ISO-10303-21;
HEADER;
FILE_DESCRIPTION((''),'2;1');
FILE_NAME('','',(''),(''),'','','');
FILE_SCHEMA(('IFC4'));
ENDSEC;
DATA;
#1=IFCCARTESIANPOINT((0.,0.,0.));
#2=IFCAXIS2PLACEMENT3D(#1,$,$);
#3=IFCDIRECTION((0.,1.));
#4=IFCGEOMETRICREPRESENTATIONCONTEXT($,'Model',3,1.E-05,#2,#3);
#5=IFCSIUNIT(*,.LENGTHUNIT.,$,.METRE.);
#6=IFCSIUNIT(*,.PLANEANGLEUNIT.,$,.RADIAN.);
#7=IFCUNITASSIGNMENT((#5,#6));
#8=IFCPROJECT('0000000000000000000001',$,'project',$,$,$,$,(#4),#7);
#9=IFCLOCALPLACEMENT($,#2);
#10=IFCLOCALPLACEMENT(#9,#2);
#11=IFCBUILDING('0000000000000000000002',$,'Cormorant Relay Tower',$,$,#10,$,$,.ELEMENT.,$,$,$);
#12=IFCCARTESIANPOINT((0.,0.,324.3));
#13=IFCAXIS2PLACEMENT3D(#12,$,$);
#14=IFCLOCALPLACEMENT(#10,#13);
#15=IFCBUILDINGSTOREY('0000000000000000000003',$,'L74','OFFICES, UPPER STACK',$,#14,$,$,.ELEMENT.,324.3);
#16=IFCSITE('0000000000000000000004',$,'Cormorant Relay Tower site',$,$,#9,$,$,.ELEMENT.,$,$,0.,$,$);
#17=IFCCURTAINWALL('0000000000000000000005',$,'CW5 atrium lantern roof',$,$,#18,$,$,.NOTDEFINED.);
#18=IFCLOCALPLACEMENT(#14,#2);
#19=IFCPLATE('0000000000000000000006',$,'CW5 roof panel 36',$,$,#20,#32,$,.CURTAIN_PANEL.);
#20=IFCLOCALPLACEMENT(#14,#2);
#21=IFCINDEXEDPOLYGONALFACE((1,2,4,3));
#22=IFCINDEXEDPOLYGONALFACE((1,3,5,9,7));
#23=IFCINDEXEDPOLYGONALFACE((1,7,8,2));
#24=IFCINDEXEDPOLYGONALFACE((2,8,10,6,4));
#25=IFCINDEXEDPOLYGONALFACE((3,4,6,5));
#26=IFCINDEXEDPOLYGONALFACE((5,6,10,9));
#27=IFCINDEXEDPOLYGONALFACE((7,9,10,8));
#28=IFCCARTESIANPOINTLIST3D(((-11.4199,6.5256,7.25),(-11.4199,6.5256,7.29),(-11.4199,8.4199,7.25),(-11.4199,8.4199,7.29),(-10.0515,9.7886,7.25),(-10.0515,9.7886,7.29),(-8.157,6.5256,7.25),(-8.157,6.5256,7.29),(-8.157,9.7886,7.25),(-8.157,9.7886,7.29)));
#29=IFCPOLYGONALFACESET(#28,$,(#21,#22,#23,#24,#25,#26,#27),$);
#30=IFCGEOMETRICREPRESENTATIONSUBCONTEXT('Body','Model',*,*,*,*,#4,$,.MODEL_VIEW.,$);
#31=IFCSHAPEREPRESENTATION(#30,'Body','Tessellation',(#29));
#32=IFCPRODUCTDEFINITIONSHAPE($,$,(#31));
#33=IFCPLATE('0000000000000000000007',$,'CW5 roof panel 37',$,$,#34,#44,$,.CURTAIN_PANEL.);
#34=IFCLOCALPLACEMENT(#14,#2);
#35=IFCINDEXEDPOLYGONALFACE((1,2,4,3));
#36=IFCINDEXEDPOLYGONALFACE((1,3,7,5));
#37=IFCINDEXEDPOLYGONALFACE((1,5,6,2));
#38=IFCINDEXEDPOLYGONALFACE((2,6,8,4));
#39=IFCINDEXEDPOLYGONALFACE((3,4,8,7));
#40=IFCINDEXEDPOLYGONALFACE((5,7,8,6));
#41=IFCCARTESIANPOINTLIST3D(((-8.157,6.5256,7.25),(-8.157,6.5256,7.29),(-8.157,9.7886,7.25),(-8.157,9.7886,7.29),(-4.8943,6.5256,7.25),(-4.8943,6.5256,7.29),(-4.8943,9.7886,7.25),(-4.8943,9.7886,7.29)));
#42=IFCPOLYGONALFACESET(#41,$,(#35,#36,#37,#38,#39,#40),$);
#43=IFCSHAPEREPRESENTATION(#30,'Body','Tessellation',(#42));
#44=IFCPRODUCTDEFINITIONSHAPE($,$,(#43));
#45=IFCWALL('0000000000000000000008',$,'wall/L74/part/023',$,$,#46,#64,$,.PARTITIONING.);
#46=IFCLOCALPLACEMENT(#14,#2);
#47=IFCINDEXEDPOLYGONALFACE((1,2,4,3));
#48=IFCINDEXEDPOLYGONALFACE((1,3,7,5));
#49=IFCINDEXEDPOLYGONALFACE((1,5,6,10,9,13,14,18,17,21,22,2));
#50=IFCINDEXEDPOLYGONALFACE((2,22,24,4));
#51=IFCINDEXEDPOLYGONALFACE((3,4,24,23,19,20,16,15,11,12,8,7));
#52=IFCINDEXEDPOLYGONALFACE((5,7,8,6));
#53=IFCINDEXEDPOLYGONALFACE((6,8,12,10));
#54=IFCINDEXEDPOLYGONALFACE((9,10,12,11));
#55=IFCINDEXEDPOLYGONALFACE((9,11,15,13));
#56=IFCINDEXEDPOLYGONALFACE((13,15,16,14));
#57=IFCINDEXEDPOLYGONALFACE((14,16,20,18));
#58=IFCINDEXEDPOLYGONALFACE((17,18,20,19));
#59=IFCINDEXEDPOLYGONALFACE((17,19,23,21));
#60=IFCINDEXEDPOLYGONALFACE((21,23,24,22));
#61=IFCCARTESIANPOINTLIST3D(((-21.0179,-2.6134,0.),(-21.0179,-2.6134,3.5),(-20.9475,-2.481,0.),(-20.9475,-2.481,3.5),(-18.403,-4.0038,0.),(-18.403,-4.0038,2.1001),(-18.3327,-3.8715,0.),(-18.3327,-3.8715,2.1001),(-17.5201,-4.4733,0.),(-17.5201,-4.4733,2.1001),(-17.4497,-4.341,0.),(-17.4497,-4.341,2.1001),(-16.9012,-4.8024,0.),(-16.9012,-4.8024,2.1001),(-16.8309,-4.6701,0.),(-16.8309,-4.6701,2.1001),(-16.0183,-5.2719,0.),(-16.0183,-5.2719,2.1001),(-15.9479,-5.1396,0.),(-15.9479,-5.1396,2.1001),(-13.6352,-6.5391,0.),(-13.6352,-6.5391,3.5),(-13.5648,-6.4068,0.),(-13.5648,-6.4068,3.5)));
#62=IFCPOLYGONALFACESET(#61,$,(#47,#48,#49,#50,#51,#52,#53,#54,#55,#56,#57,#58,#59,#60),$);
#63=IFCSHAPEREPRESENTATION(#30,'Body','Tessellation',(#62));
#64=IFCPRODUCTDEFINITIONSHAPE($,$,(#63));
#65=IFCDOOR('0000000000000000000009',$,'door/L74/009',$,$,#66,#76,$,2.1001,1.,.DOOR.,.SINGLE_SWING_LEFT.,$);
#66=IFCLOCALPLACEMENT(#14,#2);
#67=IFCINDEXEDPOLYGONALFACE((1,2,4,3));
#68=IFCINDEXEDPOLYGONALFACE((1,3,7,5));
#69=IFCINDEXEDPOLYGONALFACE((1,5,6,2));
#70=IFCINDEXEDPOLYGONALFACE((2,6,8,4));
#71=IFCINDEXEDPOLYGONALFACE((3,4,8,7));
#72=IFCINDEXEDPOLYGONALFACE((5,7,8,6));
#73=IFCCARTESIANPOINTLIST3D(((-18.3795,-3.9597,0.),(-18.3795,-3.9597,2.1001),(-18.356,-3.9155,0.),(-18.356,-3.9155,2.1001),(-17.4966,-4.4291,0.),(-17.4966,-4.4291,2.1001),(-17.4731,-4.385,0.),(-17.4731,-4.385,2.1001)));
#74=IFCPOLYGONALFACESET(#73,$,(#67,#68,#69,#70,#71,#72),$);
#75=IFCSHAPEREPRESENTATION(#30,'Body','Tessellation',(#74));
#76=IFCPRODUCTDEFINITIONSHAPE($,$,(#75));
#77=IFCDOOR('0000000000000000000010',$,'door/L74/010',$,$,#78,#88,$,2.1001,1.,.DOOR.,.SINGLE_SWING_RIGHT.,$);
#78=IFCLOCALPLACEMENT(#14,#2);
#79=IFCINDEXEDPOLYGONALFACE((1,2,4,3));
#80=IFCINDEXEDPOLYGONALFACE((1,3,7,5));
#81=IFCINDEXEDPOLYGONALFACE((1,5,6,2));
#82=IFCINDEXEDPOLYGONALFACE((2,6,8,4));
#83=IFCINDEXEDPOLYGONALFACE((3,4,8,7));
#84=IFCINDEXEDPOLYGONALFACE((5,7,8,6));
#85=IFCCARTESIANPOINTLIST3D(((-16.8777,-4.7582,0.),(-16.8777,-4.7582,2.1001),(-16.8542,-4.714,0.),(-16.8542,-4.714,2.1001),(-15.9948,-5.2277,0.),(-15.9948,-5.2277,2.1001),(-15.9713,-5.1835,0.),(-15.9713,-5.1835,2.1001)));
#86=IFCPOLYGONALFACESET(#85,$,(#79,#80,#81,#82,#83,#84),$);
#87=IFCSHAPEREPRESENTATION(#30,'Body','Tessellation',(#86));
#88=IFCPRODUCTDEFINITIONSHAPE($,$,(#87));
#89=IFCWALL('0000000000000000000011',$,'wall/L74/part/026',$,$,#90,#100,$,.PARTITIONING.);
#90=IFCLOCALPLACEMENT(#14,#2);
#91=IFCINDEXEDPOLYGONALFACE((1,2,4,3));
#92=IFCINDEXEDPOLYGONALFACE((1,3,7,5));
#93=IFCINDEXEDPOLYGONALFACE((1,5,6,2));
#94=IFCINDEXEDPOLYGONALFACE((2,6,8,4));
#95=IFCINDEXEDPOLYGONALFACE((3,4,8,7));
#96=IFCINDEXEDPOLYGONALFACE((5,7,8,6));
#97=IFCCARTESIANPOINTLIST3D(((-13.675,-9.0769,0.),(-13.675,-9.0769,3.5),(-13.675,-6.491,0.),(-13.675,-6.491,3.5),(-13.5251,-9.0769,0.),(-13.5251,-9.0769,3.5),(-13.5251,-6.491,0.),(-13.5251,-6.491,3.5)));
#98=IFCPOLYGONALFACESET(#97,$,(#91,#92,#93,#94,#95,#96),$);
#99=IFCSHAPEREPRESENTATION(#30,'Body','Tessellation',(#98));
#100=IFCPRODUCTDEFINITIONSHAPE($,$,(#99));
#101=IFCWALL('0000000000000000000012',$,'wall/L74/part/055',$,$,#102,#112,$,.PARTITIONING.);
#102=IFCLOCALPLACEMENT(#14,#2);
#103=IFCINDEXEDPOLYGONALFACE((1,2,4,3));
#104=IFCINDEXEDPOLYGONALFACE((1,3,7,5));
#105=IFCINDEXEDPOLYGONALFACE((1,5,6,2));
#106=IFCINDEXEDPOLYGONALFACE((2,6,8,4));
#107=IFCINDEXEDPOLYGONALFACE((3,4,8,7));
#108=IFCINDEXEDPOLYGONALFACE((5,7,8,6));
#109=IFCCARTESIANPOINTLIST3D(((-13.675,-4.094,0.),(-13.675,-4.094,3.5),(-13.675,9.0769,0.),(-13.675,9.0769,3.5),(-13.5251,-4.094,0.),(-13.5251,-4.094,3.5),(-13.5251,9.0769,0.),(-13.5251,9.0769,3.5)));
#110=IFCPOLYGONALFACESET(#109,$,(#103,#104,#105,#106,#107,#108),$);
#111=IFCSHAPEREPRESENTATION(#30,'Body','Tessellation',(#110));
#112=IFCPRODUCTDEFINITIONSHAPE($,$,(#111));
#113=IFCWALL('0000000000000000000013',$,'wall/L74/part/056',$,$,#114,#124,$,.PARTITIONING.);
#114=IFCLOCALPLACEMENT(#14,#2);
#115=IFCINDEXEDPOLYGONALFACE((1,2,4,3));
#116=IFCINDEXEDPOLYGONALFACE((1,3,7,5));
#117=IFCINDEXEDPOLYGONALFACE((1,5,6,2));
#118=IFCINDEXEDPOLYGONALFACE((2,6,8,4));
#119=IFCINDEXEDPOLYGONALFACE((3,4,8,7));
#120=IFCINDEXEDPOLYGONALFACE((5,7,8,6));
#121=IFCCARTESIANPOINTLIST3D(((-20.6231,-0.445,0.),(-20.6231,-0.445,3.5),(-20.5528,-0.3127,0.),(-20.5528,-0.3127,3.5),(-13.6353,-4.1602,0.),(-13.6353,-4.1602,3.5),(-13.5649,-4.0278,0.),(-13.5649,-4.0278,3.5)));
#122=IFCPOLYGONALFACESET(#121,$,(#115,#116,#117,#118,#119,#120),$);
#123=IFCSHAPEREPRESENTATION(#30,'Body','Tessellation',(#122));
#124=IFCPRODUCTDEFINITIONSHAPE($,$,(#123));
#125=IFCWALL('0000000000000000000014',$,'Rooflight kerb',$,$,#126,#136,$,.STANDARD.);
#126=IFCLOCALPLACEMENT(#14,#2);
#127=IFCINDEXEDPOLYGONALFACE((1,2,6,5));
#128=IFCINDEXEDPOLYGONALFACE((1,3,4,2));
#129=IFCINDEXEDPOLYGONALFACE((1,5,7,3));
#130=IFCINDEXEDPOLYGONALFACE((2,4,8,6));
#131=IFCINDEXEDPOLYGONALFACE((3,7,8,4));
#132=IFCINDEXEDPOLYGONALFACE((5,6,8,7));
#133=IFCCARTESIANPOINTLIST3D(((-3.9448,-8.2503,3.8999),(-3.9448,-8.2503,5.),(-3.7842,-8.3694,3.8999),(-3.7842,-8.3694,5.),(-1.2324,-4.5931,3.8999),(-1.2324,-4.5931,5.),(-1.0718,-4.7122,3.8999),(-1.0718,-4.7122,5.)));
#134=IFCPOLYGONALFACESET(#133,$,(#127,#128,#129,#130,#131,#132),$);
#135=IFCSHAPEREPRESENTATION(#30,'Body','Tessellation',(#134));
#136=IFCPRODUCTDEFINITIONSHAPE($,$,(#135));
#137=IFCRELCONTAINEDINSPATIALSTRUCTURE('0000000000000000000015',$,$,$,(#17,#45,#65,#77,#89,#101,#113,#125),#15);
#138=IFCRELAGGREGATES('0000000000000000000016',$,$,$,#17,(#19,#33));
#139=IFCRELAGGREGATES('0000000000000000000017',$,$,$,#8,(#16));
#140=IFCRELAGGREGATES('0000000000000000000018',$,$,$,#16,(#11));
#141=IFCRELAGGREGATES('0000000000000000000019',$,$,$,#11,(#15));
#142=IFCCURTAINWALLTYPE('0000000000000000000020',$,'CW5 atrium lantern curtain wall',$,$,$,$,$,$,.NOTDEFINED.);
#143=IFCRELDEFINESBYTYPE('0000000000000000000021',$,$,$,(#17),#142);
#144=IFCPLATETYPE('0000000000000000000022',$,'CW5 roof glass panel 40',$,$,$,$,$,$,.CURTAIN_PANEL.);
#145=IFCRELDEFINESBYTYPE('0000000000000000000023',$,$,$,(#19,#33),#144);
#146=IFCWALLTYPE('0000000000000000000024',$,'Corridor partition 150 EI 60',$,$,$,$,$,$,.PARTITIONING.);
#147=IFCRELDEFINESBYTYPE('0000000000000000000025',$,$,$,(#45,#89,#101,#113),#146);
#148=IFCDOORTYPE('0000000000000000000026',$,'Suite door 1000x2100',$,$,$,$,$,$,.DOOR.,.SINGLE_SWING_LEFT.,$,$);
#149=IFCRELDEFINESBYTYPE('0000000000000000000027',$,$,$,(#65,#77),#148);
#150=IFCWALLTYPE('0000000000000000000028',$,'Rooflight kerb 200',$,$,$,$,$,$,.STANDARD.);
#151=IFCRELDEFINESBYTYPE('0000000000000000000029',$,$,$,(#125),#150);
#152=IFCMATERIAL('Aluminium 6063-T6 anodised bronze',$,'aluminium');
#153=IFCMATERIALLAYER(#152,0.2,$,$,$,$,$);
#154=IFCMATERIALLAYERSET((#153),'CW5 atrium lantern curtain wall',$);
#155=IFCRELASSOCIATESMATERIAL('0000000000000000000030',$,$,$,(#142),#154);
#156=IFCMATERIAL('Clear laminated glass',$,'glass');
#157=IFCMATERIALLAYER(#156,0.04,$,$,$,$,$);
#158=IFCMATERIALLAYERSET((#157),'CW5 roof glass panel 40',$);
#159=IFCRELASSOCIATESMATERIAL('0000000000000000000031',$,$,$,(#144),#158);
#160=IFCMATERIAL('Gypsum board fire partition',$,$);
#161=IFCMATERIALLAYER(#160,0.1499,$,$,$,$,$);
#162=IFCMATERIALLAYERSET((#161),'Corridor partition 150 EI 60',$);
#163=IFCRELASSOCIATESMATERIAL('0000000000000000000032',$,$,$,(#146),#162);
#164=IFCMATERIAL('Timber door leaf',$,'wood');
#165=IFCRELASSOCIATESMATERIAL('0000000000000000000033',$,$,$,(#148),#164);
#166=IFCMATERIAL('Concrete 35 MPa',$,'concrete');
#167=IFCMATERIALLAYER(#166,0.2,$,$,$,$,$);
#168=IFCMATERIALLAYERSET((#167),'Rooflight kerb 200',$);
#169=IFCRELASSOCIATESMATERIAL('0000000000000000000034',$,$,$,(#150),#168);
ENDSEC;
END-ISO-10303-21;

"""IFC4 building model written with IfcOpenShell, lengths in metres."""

from ifc_helpers import new_model, si_unit, direction, frame, frame_2d, origin, place, context, subcontext, project, spatial, polyline, rectangle, outline, extrude, material, layer, layer_set, type_object, element, fill, aggregate, save


model = new_model("IFC4")

# Units and contexts
model_context = context("Model", 3, precision=1e-05, world=origin(), true_north=direction((0.0, 1.0)))
body_context = subcontext(model_context, "Body", "Model", "MODEL_VIEW")
ifc_project = project(units=[si_unit("LENGTHUNIT", "METRE"), si_unit("PLANEANGLEUNIT", "RADIAN")], contexts=[model_context])

# Site, building, storey
site_placement = place(None, origin())
site = spatial("IfcSite", under=ifc_project, at=site_placement, Name="Cormorant Relay Tower site", CompositionType="ELEMENT", RefElevation=0.0)
building_placement = place(site_placement, origin())
building = spatial("IfcBuilding", under=site, at=building_placement, Name="Cormorant Relay Tower", CompositionType="ELEMENT")
storey_placement = place(building_placement, frame((0.0, 0.0, 324.3)))
storey = spatial("IfcBuildingStorey", under=building, at=storey_placement, Name="L74", Description="OFFICES, UPPER STACK", CompositionType="ELEMENT", Elevation=324.3)

# Shared definitions
ifc_material_1 = material(Name="Aluminium 6063-T6 anodised bronze", Category="aluminium")
ifc_layer_1 = layer(ifc_material_1, 0.2)
ifc_layer_set_1 = layer_set([ifc_layer_1], Name="CW5 atrium lantern curtain wall")
curtain_wall_type = type_object("IfcCurtainWallType", Name="CW5 atrium lantern curtain wall", PredefinedType="NOTDEFINED", material=ifc_layer_set_1)

# Curtain wall, plates
curtain_wall_1_placement = place(storey_placement, origin())
curtain_wall_1 = element("IfcCurtainWall", 1, at=curtain_wall_1_placement, inside=storey, type_object=curtain_wall_type, Name="CW5 atrium lantern roof", PredefinedType="NOTDEFINED")
ifc_material_2 = material(Name="Clear laminated glass", Category="glass")
ifc_layer_2 = layer(ifc_material_2, 0.04)
ifc_layer_set_2 = layer_set([ifc_layer_2], Name="CW5 roof glass panel 40")
plate_type_1 = type_object("IfcPlateType", Name="CW5 roof glass panel 40", PredefinedType="CURTAIN_PANEL", material=ifc_layer_set_2)
plate_1_placement = place(storey_placement, frame((-10.0515, 9.7886, 7.29), z_axis=(0.0, 0.0, 1.0), x_axis=(-0.707044, -0.70717, 0.0)))
plate_1 = element("IfcPlate", 2, at=plate_1_placement, type_object=plate_type_1, Name="CW5 roof panel 36", PredefinedType="CURTAIN_PANEL", context=body_context, shape_type="SweptSolid", body=[
    extrude(outline(polyline([(0.0, 0.0), (1.9354, 0.0), (3.275, 1.3393), (0.9679, 3.6468), (-1.3395, 1.3398), (0.0, 0.0)])), origin(), (0.0, 0.0, -1.0), 0.04),
])
plate_2_placement = place(storey_placement, frame((-4.8943, 6.5256, 7.29), z_axis=(0.0, 0.0, 1.0), x_axis=(0.0, 1.0, 0.0)))
plate_2 = element("IfcPlate", 3, at=plate_2_placement, type_object=plate_type_1, Name="CW5 roof panel 37", PredefinedType="CURTAIN_PANEL", context=body_context, shape_type="SweptSolid", body=[
    extrude(outline(polyline([(0.0, 0.0), (3.2629, 0.0), (3.2629, 3.2627), (0.0, 3.2627), (0.0, 0.0)])), origin(), (0.0, 0.0, -1.0), 0.04),
])
aggregate(curtain_wall_1, [plate_1, plate_2])

# Wall, openings, doors
ifc_material_3 = material(Name="Gypsum board fire partition")
ifc_layer_3 = layer(ifc_material_3, 0.1499)
ifc_layer_set_3 = layer_set([ifc_layer_3], Name="Corridor partition 150 EI 60")
wall_type_1 = type_object("IfcWallType", Name="Corridor partition 150 EI 60", PredefinedType="PARTITIONING", material=ifc_layer_set_3)
wall_1_placement = place(storey_placement, frame((-13.6001, -6.4729, 0.0), z_axis=(0.0, 0.0, 1.0), x_axis=(-0.882934, 0.469497, 0.0)))
wall_1 = element("IfcWall", 4, at=wall_1_placement, inside=storey, type_object=wall_type_1, Name="wall/L74/part/023", PredefinedType="PARTITIONING", context=body_context, shape_type="SweptSolid", body=[
    extrude(rectangle(XDim=8.3616, YDim=0.1499, at=frame_2d((4.1807, 0.0))), origin(), (0.0, 0.0, 1.0), 3.5),
])
opening_1_placement = place(wall_1_placement, frame((4.3999, 0.0, 0.0)))
opening_1 = element("IfcOpeningElement", 5, at=opening_1_placement, cuts=wall_1, PredefinedType="OPENING", context=body_context, shape_type="SweptSolid", body=[
    extrude(rectangle(XDim=1.0, YDim=2.1001, at=frame_2d((0.5, 1.05))), frame((0.0, 0.085, 0.0), z_axis=(0.0, -1.0, 0.0), x_axis=(1.0, 0.0, 0.0)), (0.0, 0.0, 1.0), 0.1699),
])
opening_2_placement = place(wall_1_placement, frame((2.699, 0.0, 0.0)))
opening_2 = element("IfcOpeningElement", 6, at=opening_2_placement, cuts=wall_1, PredefinedType="OPENING", context=body_context, shape_type="SweptSolid", body=[
    extrude(rectangle(XDim=1.0, YDim=2.1001, at=frame_2d((0.5, 1.05))), frame((0.0, 0.085, 0.0), z_axis=(0.0, -1.0, 0.0), x_axis=(1.0, 0.0, 0.0)), (0.0, 0.0, 1.0), 0.1699),
])
ifc_material_4 = material(Name="Timber door leaf", Category="wood")
door_type = type_object("IfcDoorType", Name="Suite door 1000x2100", OperationType="SINGLE_SWING_LEFT", PredefinedType="DOOR", material=ifc_material_4)
door_1_placement = place(opening_1_placement, origin())
door_1 = element("IfcDoor", 7, at=door_1_placement, inside=storey, type_object=door_type, Name="door/L74/009", OperationType="SINGLE_SWING_LEFT", OverallHeight=2.1001, OverallWidth=1.0, PredefinedType="DOOR", context=body_context, shape_type="SweptSolid", body=[
    extrude(rectangle(XDim=1.0, YDim=2.1001, at=frame_2d((0.5, 1.05))), frame((0.0, 0.0249, 0.0), z_axis=(0.0, -1.0, 0.0), x_axis=(1.0, 0.0, 0.0)), (0.0, 0.0, 1.0), 0.05),
])
fill(opening_1, door_1)
door_2_placement = place(opening_2_placement, origin())
door_2 = element("IfcDoor", 8, at=door_2_placement, inside=storey, type_object=door_type, Name="door/L74/010", OperationType="SINGLE_SWING_RIGHT", OverallHeight=2.1001, OverallWidth=1.0, PredefinedType="DOOR", context=body_context, shape_type="SweptSolid", body=[
    extrude(rectangle(XDim=1.0, YDim=2.1001, at=frame_2d((0.5, 1.05))), frame((0.0, 0.0249, 0.0), z_axis=(0.0, -1.0, 0.0), x_axis=(1.0, 0.0, 0.0)), (0.0, 0.0, 1.0), 0.05),
])
fill(opening_2, door_2)

# Walls
wall_2_placement = place(storey_placement, frame((-13.6001, -9.0769, 0.0), z_axis=(0.0, 0.0, 1.0), x_axis=(0.0, 1.0, 0.0)))
element("IfcWall", 9, at=wall_2_placement, inside=storey, type_object=wall_type_1, Name="wall/L74/part/026", PredefinedType="PARTITIONING", context=body_context, shape_type="SweptSolid", body=[
    extrude(rectangle(XDim=2.5859, YDim=0.1499, at=frame_2d((1.293, 0.0))), origin(), (0.0, 0.0, 1.0), 3.5),
])
wall_3_placement = place(storey_placement, frame((-13.6001, 9.0769, 0.0), z_axis=(0.0, 0.0, 1.0), x_axis=(0.0, -1.0, 0.0)))
element("IfcWall", 10, at=wall_3_placement, inside=storey, type_object=wall_type_1, Name="wall/L74/part/055", PredefinedType="PARTITIONING", context=body_context, shape_type="SweptSolid", body=[
    extrude(rectangle(XDim=13.1709, YDim=0.1499, at=frame_2d((6.5854, 0.0))), origin(), (0.0, 0.0, 1.0), 3.5),
])
wall_4_placement = place(storey_placement, frame((-13.6001, -4.094, 0.0), z_axis=(0.0, 0.0, 1.0), x_axis=(-0.882968, 0.469433, 0.0)))
element("IfcWall", 11, at=wall_4_placement, inside=storey, type_object=wall_type_1, Name="wall/L74/part/056", PredefinedType="PARTITIONING", context=body_context, shape_type="SweptSolid", body=[
    extrude(rectangle(XDim=7.9141, YDim=0.1499, at=frame_2d((3.957, 0.0))), origin(), (0.0, 0.0, 1.0), 3.5),
])
ifc_material_5 = material(Name="Concrete 35 MPa", Category="concrete")
ifc_layer_4 = layer(ifc_material_5, 0.2)
ifc_layer_set_4 = layer_set([ifc_layer_4], Name="Rooflight kerb 200")
wall_type_2 = type_object("IfcWallType", Name="Rooflight kerb 200", PredefinedType="STANDARD", material=ifc_layer_set_4)
wall_5_placement = place(storey_placement, frame((-3.8645, -8.3098, 3.8999), z_axis=(0.0, 0.0, 1.0), x_axis=(0.595702, 0.803206, 0.0)))
element("IfcWall", 12, at=wall_5_placement, inside=storey, type_object=wall_type_2, Name="Rooflight kerb", PredefinedType="STANDARD", context=body_context, shape_type="SweptSolid", body=[
    extrude(rectangle(XDim=4.5532, YDim=0.2, at=frame_2d((2.2766, 0.0))), origin(), (0.0, 0.0, 1.0), 1.1001),
])

save(model, "model.ifc")
